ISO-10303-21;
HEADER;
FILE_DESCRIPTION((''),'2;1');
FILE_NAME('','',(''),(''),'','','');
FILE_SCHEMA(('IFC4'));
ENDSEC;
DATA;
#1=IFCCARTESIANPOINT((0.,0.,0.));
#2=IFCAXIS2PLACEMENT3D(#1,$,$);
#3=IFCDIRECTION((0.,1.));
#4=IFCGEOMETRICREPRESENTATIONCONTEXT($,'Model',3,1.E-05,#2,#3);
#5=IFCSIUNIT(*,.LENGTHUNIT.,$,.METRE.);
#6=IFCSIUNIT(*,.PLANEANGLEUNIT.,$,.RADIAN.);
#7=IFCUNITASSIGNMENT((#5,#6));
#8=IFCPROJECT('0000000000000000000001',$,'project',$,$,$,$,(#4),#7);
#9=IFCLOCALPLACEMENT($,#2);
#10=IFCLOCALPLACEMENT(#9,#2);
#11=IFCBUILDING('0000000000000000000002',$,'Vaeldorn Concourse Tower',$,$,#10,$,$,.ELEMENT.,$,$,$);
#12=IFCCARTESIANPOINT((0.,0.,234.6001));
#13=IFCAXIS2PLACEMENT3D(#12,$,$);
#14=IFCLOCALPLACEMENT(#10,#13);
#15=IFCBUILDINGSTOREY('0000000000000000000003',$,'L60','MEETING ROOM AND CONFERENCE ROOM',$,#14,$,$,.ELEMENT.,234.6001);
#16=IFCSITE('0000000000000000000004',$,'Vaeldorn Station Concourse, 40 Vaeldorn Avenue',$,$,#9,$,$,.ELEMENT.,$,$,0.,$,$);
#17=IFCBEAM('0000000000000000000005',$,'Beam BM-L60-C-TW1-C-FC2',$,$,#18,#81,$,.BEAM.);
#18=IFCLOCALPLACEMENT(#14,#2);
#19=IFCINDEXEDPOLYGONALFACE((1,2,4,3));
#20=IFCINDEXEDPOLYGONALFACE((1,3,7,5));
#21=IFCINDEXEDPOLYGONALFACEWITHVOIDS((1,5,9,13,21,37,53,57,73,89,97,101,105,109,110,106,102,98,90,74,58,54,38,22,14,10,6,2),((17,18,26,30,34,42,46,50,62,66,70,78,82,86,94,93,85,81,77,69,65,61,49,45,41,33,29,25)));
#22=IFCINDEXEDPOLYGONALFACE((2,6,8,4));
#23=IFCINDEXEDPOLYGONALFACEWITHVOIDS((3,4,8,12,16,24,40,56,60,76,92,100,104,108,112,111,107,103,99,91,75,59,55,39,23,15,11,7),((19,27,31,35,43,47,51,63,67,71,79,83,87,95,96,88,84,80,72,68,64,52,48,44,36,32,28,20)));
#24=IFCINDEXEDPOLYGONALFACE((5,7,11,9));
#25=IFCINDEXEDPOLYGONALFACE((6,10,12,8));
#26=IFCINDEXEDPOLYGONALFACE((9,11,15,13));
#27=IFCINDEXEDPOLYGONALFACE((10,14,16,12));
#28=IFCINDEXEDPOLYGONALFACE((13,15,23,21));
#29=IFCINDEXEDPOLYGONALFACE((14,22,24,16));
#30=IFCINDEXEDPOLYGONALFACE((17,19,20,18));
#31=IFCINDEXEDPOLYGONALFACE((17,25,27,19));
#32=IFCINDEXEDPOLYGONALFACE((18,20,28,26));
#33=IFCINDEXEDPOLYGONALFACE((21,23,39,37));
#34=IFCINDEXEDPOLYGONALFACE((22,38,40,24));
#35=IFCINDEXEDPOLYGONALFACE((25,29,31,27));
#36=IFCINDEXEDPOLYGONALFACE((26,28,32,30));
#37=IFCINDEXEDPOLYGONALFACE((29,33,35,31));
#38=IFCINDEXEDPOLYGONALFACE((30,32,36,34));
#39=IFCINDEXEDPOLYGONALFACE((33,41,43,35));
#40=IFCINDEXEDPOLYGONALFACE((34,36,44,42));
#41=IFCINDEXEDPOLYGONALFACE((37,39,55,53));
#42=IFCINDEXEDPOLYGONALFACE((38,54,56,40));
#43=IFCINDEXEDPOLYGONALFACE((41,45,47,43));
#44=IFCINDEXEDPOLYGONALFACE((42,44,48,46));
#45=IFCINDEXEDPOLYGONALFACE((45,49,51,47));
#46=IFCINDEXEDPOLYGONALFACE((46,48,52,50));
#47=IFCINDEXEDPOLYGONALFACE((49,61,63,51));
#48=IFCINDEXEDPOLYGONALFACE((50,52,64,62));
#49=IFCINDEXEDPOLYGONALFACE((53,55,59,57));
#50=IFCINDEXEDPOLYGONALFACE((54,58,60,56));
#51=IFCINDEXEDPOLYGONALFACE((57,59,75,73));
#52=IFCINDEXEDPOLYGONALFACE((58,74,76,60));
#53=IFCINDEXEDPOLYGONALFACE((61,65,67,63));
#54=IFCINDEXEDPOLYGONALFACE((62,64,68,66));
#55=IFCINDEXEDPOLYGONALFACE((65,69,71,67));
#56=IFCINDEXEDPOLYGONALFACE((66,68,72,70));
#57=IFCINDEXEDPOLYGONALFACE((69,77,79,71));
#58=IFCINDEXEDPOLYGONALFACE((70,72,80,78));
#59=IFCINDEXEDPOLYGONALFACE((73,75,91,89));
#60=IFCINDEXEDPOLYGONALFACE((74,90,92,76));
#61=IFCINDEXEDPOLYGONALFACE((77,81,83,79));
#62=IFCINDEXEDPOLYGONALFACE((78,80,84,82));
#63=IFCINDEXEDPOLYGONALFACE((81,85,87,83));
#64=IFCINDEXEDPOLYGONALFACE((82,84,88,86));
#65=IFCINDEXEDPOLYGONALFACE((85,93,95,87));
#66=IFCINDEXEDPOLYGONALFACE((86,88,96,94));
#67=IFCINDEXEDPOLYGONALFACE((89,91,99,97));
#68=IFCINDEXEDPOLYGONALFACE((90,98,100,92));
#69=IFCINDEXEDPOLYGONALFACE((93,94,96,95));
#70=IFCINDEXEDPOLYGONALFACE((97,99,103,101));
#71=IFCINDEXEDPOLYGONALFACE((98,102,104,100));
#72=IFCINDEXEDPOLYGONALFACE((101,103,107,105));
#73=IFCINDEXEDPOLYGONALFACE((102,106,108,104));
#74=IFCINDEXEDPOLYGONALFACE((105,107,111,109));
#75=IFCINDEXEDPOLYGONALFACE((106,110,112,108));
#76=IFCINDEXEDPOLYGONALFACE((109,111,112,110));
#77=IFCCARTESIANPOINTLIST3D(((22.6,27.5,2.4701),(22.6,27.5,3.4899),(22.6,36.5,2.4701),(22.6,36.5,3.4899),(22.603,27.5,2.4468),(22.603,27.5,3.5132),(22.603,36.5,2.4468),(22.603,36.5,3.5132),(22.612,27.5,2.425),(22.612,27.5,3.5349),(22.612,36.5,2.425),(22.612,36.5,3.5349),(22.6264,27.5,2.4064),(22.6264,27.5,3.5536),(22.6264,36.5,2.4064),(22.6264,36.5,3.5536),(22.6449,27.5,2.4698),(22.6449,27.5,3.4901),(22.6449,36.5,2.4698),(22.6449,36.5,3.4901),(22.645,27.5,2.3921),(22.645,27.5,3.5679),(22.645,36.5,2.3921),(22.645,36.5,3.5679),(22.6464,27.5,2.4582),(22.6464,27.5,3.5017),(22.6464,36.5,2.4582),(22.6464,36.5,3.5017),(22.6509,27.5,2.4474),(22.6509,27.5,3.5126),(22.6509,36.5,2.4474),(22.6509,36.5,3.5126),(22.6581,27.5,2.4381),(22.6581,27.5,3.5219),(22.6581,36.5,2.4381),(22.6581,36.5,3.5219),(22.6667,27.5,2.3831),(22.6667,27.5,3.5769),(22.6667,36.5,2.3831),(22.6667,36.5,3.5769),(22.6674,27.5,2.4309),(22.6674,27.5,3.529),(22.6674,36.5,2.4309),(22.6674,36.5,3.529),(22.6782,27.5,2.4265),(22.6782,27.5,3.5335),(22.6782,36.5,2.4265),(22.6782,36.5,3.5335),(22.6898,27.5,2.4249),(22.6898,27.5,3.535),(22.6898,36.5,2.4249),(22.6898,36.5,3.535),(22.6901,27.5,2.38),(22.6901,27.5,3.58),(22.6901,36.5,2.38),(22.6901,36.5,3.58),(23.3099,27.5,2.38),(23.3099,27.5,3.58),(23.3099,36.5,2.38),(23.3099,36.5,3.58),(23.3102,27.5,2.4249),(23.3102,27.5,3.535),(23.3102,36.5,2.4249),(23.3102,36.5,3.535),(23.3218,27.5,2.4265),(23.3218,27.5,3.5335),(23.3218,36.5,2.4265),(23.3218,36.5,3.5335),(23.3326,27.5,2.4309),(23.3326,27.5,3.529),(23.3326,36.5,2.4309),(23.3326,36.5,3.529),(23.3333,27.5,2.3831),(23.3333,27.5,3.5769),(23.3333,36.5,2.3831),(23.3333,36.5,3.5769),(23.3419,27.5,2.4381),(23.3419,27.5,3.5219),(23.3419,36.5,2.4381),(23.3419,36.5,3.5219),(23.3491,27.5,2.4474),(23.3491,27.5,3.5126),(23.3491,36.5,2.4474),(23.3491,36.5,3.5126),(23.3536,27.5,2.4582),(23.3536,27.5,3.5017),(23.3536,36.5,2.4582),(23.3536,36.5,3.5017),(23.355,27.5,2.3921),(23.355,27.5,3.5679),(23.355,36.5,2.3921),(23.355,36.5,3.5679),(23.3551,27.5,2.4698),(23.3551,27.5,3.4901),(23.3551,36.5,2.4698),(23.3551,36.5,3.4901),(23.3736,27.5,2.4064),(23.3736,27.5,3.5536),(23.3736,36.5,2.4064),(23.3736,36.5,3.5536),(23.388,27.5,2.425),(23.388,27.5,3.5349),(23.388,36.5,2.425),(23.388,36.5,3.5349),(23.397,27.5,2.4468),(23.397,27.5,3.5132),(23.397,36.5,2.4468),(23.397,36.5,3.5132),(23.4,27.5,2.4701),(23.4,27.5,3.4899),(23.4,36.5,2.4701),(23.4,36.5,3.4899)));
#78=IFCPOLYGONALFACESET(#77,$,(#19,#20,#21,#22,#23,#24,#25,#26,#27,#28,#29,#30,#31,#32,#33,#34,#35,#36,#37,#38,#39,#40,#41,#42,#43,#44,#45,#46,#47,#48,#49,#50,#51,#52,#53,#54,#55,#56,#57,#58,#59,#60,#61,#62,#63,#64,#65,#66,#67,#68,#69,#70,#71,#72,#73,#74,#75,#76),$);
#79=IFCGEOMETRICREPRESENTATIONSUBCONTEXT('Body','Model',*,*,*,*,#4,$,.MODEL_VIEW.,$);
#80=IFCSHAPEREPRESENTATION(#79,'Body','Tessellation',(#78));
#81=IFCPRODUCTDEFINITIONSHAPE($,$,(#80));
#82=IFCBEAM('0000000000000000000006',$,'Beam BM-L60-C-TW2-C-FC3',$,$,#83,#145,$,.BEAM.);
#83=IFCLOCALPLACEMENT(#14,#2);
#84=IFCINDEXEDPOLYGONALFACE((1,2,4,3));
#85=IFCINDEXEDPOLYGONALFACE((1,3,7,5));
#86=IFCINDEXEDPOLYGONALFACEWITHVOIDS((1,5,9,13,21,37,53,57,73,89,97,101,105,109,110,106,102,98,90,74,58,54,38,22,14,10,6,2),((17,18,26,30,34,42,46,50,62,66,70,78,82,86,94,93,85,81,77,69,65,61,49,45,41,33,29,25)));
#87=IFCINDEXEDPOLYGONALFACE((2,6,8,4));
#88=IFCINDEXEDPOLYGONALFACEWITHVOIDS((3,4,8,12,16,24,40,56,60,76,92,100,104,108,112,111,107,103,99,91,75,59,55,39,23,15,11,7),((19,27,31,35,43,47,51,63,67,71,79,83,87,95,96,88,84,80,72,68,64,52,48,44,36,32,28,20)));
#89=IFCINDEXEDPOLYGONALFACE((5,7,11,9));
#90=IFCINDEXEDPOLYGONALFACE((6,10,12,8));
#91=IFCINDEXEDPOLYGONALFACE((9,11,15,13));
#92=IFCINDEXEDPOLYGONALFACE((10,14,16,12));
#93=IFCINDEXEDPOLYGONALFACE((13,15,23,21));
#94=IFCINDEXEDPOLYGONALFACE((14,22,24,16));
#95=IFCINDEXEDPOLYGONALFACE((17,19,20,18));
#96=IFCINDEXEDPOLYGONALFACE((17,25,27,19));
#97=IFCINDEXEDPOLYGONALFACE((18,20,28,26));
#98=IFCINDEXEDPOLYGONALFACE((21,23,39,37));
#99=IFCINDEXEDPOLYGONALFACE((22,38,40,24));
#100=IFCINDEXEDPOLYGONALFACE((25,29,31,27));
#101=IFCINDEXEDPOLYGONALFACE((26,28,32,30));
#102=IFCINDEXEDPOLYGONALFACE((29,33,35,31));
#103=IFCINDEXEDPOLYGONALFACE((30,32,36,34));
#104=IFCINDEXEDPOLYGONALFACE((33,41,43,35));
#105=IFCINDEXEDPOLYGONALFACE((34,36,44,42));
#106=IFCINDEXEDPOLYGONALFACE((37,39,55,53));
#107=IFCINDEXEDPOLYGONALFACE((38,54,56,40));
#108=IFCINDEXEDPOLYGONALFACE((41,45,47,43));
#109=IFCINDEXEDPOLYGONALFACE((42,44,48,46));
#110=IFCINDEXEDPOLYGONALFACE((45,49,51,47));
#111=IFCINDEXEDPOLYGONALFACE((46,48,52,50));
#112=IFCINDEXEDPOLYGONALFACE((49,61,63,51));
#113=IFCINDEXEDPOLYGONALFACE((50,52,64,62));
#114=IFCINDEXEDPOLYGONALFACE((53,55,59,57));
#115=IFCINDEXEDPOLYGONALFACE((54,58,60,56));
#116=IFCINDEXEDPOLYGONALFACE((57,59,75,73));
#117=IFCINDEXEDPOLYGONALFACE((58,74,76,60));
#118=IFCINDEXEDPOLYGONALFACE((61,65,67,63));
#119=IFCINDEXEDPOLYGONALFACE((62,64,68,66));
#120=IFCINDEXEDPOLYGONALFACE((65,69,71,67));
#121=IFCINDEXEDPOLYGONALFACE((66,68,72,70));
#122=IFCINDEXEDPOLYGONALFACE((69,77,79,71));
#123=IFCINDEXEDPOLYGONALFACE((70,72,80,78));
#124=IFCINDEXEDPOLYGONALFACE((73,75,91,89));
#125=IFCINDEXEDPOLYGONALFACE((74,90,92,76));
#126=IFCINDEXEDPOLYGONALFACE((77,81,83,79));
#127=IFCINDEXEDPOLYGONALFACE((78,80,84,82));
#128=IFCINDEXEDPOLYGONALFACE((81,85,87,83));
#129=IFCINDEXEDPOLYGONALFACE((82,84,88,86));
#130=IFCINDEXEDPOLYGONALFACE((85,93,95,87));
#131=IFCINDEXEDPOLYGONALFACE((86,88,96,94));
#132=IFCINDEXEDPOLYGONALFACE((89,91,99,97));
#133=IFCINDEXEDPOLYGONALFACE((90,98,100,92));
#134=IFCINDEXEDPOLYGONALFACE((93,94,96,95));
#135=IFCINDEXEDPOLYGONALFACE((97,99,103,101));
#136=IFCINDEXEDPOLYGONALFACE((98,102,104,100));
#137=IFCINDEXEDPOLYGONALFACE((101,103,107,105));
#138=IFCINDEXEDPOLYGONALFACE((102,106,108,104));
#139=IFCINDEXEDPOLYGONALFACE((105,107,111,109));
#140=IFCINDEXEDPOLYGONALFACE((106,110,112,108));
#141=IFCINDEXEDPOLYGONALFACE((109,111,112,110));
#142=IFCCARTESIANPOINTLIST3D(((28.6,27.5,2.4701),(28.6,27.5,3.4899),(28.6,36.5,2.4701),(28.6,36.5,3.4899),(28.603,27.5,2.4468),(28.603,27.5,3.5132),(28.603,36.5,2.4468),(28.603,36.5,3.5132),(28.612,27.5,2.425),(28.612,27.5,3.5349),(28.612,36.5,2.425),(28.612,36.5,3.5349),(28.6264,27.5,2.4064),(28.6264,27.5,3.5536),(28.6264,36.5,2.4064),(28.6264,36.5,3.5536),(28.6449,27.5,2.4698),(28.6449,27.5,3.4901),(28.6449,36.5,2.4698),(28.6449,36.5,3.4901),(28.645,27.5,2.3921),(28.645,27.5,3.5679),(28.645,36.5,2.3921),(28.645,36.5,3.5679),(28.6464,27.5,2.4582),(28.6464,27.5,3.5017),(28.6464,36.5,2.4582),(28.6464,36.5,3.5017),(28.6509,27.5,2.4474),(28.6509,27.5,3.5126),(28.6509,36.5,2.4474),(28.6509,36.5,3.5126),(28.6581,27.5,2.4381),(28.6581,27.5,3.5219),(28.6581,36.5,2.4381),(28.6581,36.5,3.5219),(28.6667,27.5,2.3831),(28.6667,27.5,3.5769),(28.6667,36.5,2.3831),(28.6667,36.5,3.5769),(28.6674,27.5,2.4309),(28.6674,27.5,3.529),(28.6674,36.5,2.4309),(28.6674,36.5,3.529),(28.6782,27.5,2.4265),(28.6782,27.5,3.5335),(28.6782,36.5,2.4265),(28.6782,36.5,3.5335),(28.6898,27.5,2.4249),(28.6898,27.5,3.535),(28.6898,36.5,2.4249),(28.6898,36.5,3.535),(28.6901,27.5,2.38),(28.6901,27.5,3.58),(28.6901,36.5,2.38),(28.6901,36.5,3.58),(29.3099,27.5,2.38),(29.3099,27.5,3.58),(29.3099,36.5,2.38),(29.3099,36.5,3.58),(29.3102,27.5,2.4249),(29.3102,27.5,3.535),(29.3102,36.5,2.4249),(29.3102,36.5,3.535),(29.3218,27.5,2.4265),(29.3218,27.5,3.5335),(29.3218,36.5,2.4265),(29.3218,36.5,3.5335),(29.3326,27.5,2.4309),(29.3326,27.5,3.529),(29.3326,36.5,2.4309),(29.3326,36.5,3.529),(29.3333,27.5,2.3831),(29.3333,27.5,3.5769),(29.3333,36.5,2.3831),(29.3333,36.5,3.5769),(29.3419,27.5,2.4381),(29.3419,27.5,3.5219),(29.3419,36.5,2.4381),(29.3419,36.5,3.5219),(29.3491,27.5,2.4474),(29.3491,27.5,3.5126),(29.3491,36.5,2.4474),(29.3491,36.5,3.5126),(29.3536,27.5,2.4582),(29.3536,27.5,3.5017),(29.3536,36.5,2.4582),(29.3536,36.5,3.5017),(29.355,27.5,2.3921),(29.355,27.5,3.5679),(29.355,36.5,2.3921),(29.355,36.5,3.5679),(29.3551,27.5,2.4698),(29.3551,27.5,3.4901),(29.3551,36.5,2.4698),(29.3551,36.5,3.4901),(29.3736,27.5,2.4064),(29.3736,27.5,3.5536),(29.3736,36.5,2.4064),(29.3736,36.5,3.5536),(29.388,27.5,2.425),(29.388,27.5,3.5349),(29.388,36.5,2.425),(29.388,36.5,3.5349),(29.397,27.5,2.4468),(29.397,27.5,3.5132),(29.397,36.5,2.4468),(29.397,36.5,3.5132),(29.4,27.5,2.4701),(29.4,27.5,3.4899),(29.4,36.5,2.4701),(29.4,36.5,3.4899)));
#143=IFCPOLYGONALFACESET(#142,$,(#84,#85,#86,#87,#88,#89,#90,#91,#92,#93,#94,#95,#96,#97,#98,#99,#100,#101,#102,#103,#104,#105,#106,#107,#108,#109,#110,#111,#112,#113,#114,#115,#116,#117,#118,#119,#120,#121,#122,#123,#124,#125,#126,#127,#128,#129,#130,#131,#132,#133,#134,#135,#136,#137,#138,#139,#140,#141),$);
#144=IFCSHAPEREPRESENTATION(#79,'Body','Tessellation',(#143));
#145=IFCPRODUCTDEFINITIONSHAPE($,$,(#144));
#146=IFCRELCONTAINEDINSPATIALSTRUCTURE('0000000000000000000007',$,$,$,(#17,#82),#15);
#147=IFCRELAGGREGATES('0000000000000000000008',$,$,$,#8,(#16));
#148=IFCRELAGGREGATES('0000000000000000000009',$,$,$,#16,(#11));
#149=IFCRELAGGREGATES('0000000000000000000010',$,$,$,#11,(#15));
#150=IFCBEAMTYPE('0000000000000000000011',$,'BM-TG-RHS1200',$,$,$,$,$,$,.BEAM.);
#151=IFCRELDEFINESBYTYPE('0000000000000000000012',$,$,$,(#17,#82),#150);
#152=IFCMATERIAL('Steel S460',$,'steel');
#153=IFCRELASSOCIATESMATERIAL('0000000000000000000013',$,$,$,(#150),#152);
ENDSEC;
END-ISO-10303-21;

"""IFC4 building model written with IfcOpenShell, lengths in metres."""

from ifc_helpers import new_model, si_unit, direction, frame, origin, origin_2d, place, context, subcontext, project, spatial, hollow_rectangle, extrude, source, transform, mapped, material, material_profile, profile_set, type_object, element, save


model = new_model("IFC4")

# Units and contexts
model_context = context("Model", 3, precision=1e-05, world=origin(), true_north=direction((0.0, 1.0)))
body_context = subcontext(model_context, "Body", "Model", "MODEL_VIEW")
ifc_project = project(units=[si_unit("LENGTHUNIT", "METRE"), si_unit("PLANEANGLEUNIT", "RADIAN")], contexts=[model_context])

# Site, building, storey
site_placement = place(None, origin())
site = spatial("IfcSite", under=ifc_project, at=site_placement, Name="Vaeldorn Station Concourse, 40 Vaeldorn Avenue", CompositionType="ELEMENT", RefElevation=0.0)
building_placement = place(site_placement, origin())
building = spatial("IfcBuilding", under=site, at=building_placement, Name="Vaeldorn Concourse Tower", CompositionType="ELEMENT")
storey_placement = place(building_placement, frame((0.0, 0.0, 234.6001)))
storey = spatial("IfcBuildingStorey", under=building, at=storey_placement, Name="L60", Description="MEETING ROOM AND CONFERENCE ROOM", CompositionType="ELEMENT", Elevation=234.6001)

# Shared definitions
ifc_material_1 = material(Name="Steel S460", Category="steel")

# Beams
ifc_material_profile_1 = material_profile(ifc_material_1, hollow_rectangle(XDim=0.8, YDim=1.2, WallThickness=0.0449, InnerFilletRadius=0.0449, OuterFilletRadius=0.0901, at=origin_2d()), Name="RHS 1200x800x45")
ifc_profile_set_1 = profile_set([ifc_material_profile_1], Name="Steel S460")
beam_type_1 = type_object("IfcBeamType", Name="BM-TG-RHS1200", PredefinedType="BEAM", material=ifc_profile_set_1)
shared_shape_1 = source(origin(), body_context, "Body", "SweptSolid", [
    extrude(hollow_rectangle(XDim=0.8, YDim=1.2, WallThickness=0.0449, InnerFilletRadius=0.0449, OuterFilletRadius=0.0901, at=origin_2d()), origin(), (0.0, 0.0, 1.0), 9.0),
])
for number, where, z_axis, x_axis, name in (
    (1, (23.0, 27.5, 2.98), (0.0, 1.0, 0.0), (-1.0, 0.0, 0.0), "Beam BM-L60-C-TW1-C-FC2"),
    (2, (29.0, 27.5, 2.98), (0.0, 1.0, 0.0), (-1.0, 0.0, 0.0), "Beam BM-L60-C-TW2-C-FC3"),
):
    element("IfcBeam", number, at=place(storey_placement, frame(where, z_axis=z_axis, x_axis=x_axis)), inside=storey, type_object=beam_type_1, Name=name, PredefinedType="BEAM", context=body_context, shape_type="MappedRepresentation", body=[
        mapped(shared_shape_1, transform((0.0, 0.0, 0.0), scale=1.0)),
    ])

save(model, "model.ifc")
